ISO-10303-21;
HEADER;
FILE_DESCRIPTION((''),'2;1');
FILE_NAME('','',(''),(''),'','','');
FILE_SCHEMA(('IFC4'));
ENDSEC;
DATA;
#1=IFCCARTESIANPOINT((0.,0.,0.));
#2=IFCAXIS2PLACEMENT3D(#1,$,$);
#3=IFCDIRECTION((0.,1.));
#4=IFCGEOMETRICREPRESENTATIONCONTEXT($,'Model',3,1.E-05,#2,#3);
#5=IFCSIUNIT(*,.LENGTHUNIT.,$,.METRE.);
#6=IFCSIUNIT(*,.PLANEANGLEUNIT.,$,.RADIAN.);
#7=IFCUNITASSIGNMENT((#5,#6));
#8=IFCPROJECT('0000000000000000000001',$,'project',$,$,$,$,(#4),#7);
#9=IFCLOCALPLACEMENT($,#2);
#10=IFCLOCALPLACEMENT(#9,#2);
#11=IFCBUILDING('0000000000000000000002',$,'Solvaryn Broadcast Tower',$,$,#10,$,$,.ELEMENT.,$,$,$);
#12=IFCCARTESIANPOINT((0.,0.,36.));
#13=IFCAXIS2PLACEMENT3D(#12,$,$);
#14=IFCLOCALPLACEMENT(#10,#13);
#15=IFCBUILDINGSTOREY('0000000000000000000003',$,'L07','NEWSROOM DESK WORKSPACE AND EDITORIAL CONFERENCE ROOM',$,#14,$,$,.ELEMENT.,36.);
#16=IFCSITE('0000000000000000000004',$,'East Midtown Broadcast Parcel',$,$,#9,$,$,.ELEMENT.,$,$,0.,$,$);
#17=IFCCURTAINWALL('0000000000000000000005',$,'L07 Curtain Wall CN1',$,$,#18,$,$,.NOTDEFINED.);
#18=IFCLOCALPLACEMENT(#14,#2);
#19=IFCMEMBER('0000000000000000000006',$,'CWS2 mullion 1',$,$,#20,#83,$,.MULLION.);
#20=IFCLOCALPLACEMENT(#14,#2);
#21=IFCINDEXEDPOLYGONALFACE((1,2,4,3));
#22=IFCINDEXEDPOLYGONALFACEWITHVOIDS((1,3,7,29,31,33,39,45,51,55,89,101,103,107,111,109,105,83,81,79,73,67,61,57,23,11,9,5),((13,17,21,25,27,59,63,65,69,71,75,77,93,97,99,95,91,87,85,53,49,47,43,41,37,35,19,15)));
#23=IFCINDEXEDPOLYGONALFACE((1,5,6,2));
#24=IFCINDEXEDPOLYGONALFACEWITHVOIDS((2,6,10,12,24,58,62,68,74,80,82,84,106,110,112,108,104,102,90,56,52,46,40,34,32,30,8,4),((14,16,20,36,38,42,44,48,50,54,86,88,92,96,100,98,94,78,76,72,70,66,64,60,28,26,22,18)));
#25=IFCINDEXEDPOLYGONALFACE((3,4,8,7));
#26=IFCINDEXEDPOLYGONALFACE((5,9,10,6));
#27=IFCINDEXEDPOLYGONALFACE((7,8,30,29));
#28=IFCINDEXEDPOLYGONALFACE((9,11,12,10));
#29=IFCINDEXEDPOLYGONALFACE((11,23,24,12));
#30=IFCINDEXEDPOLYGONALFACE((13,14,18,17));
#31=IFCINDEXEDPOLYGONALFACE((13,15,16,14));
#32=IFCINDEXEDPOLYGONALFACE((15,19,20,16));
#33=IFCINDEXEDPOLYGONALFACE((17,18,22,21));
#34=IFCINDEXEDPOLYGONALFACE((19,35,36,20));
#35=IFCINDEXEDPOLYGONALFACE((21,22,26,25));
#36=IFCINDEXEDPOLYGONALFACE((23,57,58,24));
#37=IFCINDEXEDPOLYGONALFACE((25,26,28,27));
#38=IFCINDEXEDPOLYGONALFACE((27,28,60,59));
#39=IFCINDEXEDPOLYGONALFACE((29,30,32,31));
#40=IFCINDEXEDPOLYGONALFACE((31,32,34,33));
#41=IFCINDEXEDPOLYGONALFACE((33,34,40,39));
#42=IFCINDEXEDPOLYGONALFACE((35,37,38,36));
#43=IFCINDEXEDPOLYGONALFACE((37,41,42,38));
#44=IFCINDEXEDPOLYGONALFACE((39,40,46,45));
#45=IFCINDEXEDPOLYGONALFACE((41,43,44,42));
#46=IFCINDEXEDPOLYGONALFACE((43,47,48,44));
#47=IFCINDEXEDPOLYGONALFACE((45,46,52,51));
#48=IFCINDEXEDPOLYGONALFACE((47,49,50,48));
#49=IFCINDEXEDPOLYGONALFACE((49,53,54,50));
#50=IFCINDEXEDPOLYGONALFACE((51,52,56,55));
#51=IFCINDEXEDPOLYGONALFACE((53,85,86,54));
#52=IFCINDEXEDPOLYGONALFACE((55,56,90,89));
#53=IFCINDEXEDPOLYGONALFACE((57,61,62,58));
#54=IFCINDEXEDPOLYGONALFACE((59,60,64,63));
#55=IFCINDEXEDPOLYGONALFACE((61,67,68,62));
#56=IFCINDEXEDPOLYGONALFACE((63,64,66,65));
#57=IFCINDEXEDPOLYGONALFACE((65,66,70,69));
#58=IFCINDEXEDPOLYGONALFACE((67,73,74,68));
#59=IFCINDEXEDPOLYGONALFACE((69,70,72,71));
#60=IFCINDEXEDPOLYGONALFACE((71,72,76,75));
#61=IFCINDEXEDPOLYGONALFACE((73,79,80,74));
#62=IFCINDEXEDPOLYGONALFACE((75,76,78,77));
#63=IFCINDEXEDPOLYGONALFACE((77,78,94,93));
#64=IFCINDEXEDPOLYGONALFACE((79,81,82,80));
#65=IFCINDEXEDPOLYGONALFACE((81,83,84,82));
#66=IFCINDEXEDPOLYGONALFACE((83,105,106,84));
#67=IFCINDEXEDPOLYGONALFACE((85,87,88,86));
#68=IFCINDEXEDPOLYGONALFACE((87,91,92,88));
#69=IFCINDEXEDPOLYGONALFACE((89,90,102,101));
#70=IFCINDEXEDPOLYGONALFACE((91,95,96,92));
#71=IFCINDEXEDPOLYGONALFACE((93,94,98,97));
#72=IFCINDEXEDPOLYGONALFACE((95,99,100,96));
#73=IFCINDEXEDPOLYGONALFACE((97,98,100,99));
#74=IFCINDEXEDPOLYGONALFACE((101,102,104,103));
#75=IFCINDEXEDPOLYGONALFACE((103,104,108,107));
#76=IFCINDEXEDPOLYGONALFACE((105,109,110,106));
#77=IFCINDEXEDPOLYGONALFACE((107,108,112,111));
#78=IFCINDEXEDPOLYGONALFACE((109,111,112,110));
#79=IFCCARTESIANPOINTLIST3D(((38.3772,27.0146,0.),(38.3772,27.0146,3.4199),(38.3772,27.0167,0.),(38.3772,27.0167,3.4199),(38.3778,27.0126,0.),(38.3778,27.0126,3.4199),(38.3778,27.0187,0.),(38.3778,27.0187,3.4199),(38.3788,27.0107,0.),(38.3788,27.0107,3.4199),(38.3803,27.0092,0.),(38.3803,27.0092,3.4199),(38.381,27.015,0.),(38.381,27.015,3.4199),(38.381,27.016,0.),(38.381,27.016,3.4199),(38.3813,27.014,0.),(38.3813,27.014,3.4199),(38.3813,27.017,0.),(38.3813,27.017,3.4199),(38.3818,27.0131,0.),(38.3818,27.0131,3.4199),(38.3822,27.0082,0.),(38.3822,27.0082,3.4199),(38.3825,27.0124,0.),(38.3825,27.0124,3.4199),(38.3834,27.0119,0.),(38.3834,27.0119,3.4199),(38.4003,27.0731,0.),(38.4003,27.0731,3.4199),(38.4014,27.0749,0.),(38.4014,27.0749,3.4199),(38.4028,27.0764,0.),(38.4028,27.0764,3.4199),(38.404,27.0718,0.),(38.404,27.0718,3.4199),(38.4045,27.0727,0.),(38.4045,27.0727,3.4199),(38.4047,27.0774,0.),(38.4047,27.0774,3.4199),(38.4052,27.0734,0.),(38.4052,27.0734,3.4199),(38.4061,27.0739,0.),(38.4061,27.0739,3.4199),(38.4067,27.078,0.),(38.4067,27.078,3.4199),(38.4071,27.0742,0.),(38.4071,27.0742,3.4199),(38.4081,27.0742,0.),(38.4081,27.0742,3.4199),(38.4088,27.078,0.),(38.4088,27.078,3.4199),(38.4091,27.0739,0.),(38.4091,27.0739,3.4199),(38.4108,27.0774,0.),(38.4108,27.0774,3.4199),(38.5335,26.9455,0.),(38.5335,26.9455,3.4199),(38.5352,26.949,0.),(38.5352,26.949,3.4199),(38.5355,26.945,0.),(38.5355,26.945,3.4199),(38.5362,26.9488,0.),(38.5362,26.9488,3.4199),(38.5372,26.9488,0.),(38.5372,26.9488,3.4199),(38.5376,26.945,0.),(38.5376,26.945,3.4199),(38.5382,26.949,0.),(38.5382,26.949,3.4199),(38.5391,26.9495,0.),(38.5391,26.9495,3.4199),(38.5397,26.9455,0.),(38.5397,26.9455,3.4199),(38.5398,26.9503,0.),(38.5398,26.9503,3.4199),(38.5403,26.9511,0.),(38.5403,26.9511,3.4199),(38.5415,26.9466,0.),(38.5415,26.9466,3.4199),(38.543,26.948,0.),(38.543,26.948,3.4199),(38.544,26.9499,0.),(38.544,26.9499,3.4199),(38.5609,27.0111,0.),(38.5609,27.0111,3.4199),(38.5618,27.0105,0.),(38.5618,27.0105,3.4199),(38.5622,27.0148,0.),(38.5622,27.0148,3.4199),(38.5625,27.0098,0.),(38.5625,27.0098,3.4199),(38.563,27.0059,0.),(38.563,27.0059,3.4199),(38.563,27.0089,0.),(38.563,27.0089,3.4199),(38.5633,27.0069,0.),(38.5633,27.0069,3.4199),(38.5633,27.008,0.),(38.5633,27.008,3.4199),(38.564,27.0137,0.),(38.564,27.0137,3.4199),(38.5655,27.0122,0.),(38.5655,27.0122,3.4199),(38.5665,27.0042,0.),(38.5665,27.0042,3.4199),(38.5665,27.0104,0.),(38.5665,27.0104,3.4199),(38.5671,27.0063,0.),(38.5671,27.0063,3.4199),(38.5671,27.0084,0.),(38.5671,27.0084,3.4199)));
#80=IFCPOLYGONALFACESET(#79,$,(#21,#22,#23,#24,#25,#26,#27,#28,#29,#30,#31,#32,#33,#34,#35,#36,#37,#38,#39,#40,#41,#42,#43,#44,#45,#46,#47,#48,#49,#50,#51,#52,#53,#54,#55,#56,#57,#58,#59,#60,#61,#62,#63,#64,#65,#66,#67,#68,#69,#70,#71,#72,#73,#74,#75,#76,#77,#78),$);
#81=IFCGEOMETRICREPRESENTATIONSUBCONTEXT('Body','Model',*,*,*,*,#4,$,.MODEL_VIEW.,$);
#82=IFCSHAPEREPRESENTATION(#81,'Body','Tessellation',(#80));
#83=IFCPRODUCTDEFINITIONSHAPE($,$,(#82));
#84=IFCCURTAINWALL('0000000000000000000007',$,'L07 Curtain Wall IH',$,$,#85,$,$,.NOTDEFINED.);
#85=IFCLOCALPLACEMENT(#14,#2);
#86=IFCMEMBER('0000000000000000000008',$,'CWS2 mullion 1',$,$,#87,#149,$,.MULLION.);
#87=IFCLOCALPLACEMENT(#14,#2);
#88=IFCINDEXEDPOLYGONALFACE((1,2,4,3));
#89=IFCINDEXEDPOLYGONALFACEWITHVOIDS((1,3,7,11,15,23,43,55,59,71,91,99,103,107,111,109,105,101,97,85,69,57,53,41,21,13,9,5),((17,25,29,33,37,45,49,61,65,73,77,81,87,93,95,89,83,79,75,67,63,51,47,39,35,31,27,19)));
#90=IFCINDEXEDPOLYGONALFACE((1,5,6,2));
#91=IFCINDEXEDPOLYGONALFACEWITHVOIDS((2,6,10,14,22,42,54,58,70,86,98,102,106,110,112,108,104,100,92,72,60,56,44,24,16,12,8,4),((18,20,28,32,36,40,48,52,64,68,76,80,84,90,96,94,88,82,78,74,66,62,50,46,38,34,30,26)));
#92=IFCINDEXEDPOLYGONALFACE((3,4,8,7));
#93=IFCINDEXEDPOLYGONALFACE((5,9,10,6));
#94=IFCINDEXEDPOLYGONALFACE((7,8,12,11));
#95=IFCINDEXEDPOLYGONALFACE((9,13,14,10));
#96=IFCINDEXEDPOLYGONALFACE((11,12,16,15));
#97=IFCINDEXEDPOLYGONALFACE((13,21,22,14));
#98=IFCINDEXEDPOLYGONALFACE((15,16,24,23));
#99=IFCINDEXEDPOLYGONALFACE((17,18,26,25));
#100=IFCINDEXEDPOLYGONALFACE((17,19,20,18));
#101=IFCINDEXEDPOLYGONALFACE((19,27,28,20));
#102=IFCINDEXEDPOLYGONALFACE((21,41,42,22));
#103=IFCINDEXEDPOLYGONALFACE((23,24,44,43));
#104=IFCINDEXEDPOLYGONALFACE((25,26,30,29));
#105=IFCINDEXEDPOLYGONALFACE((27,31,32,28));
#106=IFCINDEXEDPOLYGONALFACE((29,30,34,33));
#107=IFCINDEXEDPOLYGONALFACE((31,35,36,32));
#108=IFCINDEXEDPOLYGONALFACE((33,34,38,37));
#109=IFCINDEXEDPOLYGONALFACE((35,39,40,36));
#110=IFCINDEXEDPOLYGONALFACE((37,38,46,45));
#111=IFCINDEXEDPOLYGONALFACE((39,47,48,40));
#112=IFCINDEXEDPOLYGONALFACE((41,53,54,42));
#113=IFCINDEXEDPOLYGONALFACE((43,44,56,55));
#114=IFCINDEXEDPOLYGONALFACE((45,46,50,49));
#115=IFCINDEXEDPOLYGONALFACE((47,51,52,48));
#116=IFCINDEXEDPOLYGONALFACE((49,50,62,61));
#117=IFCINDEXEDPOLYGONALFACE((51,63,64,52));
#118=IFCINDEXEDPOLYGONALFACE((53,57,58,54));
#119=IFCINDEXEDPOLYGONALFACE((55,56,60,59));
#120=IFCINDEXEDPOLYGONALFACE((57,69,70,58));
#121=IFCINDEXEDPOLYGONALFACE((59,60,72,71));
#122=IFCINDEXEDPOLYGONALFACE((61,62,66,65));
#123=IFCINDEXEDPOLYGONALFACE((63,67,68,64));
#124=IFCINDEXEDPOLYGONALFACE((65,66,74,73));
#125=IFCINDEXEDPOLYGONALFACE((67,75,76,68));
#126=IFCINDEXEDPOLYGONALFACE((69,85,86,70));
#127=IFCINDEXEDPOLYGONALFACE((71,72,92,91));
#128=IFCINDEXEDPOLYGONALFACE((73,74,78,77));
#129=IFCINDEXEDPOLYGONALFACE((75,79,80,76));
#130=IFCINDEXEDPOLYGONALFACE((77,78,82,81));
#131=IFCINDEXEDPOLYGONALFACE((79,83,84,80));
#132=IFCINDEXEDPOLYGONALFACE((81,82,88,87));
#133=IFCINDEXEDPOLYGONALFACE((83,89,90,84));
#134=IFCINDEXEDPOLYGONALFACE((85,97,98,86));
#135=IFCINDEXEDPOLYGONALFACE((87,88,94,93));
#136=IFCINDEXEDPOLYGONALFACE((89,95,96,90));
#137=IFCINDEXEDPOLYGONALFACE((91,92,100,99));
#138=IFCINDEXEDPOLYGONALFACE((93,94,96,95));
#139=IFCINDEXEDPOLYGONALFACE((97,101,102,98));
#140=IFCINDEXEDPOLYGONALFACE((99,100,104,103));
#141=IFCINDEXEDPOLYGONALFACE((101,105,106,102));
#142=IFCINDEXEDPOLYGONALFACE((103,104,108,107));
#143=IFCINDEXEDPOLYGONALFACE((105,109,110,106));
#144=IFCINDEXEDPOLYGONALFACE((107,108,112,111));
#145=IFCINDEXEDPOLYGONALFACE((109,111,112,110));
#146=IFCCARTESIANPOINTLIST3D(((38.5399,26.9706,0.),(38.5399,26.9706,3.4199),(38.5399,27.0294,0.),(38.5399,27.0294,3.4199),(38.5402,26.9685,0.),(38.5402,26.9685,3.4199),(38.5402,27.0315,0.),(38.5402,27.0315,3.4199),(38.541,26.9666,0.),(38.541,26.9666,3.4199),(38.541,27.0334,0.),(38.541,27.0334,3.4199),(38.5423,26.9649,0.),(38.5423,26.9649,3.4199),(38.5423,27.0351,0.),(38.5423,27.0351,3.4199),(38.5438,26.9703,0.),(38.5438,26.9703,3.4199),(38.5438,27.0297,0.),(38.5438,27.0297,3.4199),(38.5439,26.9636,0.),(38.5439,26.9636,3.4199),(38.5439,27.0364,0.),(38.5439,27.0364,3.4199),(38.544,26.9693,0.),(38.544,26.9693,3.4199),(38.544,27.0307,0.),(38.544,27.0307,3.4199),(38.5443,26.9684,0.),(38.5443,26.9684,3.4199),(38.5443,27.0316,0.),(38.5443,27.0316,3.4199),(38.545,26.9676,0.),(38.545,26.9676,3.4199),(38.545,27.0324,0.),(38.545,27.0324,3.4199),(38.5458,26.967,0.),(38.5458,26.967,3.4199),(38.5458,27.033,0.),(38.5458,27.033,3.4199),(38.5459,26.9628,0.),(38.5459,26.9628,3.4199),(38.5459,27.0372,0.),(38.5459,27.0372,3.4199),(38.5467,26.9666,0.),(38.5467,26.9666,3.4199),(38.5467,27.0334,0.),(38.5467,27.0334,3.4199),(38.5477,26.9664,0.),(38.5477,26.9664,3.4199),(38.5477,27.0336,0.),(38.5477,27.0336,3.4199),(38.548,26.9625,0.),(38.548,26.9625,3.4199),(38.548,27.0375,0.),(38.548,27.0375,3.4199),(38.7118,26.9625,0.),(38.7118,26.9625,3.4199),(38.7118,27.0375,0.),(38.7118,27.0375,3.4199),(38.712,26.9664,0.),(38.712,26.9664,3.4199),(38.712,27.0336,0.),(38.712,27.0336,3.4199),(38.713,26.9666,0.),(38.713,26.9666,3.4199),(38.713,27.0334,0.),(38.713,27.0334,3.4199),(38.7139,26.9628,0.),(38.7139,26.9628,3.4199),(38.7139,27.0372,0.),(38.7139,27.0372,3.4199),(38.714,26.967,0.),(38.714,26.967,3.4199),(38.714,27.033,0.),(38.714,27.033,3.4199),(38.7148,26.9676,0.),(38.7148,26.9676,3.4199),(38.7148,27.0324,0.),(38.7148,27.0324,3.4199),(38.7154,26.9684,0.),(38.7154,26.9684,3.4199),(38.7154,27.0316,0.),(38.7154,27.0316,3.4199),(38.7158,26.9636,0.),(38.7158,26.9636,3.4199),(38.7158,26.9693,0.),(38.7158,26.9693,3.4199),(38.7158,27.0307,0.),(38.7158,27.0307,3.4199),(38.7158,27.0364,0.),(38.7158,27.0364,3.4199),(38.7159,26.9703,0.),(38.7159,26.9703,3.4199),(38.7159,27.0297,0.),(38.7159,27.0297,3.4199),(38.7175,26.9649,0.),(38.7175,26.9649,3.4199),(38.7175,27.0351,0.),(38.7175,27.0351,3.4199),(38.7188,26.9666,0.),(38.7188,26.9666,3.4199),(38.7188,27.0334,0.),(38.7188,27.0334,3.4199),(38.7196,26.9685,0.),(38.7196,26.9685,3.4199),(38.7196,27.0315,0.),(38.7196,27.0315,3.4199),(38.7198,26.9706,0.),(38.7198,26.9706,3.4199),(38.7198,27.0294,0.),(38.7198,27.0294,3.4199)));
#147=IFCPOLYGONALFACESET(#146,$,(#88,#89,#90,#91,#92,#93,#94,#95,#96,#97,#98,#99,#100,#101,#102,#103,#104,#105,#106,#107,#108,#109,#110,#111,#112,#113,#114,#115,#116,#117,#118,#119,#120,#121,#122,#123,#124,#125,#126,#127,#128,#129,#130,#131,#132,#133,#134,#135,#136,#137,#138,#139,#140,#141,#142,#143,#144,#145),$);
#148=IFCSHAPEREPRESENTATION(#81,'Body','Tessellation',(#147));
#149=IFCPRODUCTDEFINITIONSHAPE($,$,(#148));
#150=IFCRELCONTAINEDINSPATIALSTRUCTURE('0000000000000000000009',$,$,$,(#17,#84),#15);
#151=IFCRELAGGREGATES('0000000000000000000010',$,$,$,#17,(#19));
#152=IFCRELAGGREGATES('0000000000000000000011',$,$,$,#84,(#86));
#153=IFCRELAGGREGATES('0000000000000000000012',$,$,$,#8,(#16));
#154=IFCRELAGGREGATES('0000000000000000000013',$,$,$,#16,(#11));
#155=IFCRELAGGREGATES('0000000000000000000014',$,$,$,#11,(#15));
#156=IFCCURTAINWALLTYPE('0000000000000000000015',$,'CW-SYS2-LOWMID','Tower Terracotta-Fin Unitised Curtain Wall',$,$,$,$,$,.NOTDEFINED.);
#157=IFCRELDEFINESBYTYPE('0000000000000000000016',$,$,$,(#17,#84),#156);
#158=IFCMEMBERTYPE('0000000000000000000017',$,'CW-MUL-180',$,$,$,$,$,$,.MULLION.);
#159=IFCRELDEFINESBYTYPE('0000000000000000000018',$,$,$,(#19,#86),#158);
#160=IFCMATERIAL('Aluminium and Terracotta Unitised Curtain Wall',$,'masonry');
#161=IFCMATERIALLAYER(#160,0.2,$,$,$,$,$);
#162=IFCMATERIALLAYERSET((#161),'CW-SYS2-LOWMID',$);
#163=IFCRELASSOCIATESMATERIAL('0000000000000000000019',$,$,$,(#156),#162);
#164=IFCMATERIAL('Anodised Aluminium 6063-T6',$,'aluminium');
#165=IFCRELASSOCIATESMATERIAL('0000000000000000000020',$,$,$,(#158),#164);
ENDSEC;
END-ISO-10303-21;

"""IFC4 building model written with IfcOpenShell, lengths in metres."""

from ifc_helpers import new_model, si_unit, direction, frame, origin, origin_2d, place, context, subcontext, project, spatial, hollow_rectangle, extrude, material, layer, layer_set, material_profile, profile_set, type_object, element, aggregate, save


model = new_model("IFC4")

# Units and contexts
model_context = context("Model", 3, precision=1e-05, world=origin(), true_north=direction((0.0, 1.0)))
body_context = subcontext(model_context, "Body", "Model", "MODEL_VIEW")
ifc_project = project(units=[si_unit("LENGTHUNIT", "METRE"), si_unit("PLANEANGLEUNIT", "RADIAN")], contexts=[model_context])

# Site, building, storey
site_placement = place(None, origin())
site = spatial("IfcSite", under=ifc_project, at=site_placement, Name="East Midtown Broadcast Parcel", CompositionType="ELEMENT", RefElevation=0.0)
building_placement = place(site_placement, origin())
building = spatial("IfcBuilding", under=site, at=building_placement, Name="Solvaryn Broadcast Tower", CompositionType="ELEMENT")
storey_placement = place(building_placement, frame((0.0, 0.0, 36.0)))
storey = spatial("IfcBuildingStorey", under=building, at=storey_placement, Name="L07", Description="NEWSROOM DESK WORKSPACE AND EDITORIAL CONFERENCE ROOM", CompositionType="ELEMENT", Elevation=36.0)

# Curtain walls, members
ifc_material_1 = material(Name="Aluminium and Terracotta Unitised Curtain Wall", Category="masonry")
ifc_layer_1 = layer(ifc_material_1, 0.2)
ifc_layer_set_1 = layer_set([ifc_layer_1], Name="CW-SYS2-LOWMID")
curtain_wall_type = type_object("IfcCurtainWallType", Name="CW-SYS2-LOWMID", Description="Tower Terracotta-Fin Unitised Curtain Wall", PredefinedType="NOTDEFINED", material=ifc_layer_set_1)
curtain_wall_1_placement = place(storey_placement, origin())
curtain_wall_1 = element("IfcCurtainWall", 1, at=curtain_wall_1_placement, inside=storey, type_object=curtain_wall_type, Name="L07 Curtain Wall CN1", PredefinedType="NOTDEFINED")
ifc_material_2 = material(Name="Anodised Aluminium 6063-T6", Category="aluminium")
ifc_material_profile_1 = material_profile(ifc_material_2, hollow_rectangle(XDim=0.075, YDim=0.1799, WallThickness=0.0039, InnerFilletRadius=0.0039, OuterFilletRadius=0.0081, at=origin_2d()))
ifc_profile_set_1 = profile_set([ifc_material_profile_1], Name="Anodised Aluminium 6063-T6")
member_type_1 = type_object("IfcMemberType", Name="CW-MUL-180", PredefinedType="MULLION", material=ifc_profile_set_1)
member_1_placement = place(storey_placement, frame((38.4722, 27.0115, 0.0), z_axis=(0.0, 0.0, 1.0), x_axis=(-0.382646, -0.923895, 0.0)))
member_1 = element("IfcMember", 2, at=member_1_placement, type_object=member_type_1, Name="CWS2 mullion 1", PredefinedType="MULLION", context=body_context, shape_type="SweptSolid", body=[
    extrude(hollow_rectangle(XDim=0.075, YDim=0.1799, WallThickness=0.0039, InnerFilletRadius=0.0039, OuterFilletRadius=0.0081, at=origin_2d()), origin(), (0.0, 0.0, 1.0), 3.4199),
])
curtain_wall_2_placement = place(storey_placement, origin())
curtain_wall_2 = element("IfcCurtainWall", 3, at=curtain_wall_2_placement, inside=storey, type_object=curtain_wall_type, Name="L07 Curtain Wall IH", PredefinedType="NOTDEFINED")
member_2_placement = place(storey_placement, frame((38.6299, 27.0, 0.0), z_axis=(0.0, 0.0, 1.0), x_axis=(0.0, 1.0, 0.0)))
member_2 = element("IfcMember", 4, at=member_2_placement, type_object=member_type_1, Name="CWS2 mullion 1", PredefinedType="MULLION", context=body_context, shape_type="SweptSolid", body=[
    extrude(hollow_rectangle(XDim=0.075, YDim=0.1799, WallThickness=0.0039, InnerFilletRadius=0.0039, OuterFilletRadius=0.0081, at=origin_2d()), origin(), (0.0, 0.0, 1.0), 3.4199),
])

aggregate(curtain_wall_1, [member_1])
aggregate(curtain_wall_2, [member_2])

save(model, "model.ifc")
